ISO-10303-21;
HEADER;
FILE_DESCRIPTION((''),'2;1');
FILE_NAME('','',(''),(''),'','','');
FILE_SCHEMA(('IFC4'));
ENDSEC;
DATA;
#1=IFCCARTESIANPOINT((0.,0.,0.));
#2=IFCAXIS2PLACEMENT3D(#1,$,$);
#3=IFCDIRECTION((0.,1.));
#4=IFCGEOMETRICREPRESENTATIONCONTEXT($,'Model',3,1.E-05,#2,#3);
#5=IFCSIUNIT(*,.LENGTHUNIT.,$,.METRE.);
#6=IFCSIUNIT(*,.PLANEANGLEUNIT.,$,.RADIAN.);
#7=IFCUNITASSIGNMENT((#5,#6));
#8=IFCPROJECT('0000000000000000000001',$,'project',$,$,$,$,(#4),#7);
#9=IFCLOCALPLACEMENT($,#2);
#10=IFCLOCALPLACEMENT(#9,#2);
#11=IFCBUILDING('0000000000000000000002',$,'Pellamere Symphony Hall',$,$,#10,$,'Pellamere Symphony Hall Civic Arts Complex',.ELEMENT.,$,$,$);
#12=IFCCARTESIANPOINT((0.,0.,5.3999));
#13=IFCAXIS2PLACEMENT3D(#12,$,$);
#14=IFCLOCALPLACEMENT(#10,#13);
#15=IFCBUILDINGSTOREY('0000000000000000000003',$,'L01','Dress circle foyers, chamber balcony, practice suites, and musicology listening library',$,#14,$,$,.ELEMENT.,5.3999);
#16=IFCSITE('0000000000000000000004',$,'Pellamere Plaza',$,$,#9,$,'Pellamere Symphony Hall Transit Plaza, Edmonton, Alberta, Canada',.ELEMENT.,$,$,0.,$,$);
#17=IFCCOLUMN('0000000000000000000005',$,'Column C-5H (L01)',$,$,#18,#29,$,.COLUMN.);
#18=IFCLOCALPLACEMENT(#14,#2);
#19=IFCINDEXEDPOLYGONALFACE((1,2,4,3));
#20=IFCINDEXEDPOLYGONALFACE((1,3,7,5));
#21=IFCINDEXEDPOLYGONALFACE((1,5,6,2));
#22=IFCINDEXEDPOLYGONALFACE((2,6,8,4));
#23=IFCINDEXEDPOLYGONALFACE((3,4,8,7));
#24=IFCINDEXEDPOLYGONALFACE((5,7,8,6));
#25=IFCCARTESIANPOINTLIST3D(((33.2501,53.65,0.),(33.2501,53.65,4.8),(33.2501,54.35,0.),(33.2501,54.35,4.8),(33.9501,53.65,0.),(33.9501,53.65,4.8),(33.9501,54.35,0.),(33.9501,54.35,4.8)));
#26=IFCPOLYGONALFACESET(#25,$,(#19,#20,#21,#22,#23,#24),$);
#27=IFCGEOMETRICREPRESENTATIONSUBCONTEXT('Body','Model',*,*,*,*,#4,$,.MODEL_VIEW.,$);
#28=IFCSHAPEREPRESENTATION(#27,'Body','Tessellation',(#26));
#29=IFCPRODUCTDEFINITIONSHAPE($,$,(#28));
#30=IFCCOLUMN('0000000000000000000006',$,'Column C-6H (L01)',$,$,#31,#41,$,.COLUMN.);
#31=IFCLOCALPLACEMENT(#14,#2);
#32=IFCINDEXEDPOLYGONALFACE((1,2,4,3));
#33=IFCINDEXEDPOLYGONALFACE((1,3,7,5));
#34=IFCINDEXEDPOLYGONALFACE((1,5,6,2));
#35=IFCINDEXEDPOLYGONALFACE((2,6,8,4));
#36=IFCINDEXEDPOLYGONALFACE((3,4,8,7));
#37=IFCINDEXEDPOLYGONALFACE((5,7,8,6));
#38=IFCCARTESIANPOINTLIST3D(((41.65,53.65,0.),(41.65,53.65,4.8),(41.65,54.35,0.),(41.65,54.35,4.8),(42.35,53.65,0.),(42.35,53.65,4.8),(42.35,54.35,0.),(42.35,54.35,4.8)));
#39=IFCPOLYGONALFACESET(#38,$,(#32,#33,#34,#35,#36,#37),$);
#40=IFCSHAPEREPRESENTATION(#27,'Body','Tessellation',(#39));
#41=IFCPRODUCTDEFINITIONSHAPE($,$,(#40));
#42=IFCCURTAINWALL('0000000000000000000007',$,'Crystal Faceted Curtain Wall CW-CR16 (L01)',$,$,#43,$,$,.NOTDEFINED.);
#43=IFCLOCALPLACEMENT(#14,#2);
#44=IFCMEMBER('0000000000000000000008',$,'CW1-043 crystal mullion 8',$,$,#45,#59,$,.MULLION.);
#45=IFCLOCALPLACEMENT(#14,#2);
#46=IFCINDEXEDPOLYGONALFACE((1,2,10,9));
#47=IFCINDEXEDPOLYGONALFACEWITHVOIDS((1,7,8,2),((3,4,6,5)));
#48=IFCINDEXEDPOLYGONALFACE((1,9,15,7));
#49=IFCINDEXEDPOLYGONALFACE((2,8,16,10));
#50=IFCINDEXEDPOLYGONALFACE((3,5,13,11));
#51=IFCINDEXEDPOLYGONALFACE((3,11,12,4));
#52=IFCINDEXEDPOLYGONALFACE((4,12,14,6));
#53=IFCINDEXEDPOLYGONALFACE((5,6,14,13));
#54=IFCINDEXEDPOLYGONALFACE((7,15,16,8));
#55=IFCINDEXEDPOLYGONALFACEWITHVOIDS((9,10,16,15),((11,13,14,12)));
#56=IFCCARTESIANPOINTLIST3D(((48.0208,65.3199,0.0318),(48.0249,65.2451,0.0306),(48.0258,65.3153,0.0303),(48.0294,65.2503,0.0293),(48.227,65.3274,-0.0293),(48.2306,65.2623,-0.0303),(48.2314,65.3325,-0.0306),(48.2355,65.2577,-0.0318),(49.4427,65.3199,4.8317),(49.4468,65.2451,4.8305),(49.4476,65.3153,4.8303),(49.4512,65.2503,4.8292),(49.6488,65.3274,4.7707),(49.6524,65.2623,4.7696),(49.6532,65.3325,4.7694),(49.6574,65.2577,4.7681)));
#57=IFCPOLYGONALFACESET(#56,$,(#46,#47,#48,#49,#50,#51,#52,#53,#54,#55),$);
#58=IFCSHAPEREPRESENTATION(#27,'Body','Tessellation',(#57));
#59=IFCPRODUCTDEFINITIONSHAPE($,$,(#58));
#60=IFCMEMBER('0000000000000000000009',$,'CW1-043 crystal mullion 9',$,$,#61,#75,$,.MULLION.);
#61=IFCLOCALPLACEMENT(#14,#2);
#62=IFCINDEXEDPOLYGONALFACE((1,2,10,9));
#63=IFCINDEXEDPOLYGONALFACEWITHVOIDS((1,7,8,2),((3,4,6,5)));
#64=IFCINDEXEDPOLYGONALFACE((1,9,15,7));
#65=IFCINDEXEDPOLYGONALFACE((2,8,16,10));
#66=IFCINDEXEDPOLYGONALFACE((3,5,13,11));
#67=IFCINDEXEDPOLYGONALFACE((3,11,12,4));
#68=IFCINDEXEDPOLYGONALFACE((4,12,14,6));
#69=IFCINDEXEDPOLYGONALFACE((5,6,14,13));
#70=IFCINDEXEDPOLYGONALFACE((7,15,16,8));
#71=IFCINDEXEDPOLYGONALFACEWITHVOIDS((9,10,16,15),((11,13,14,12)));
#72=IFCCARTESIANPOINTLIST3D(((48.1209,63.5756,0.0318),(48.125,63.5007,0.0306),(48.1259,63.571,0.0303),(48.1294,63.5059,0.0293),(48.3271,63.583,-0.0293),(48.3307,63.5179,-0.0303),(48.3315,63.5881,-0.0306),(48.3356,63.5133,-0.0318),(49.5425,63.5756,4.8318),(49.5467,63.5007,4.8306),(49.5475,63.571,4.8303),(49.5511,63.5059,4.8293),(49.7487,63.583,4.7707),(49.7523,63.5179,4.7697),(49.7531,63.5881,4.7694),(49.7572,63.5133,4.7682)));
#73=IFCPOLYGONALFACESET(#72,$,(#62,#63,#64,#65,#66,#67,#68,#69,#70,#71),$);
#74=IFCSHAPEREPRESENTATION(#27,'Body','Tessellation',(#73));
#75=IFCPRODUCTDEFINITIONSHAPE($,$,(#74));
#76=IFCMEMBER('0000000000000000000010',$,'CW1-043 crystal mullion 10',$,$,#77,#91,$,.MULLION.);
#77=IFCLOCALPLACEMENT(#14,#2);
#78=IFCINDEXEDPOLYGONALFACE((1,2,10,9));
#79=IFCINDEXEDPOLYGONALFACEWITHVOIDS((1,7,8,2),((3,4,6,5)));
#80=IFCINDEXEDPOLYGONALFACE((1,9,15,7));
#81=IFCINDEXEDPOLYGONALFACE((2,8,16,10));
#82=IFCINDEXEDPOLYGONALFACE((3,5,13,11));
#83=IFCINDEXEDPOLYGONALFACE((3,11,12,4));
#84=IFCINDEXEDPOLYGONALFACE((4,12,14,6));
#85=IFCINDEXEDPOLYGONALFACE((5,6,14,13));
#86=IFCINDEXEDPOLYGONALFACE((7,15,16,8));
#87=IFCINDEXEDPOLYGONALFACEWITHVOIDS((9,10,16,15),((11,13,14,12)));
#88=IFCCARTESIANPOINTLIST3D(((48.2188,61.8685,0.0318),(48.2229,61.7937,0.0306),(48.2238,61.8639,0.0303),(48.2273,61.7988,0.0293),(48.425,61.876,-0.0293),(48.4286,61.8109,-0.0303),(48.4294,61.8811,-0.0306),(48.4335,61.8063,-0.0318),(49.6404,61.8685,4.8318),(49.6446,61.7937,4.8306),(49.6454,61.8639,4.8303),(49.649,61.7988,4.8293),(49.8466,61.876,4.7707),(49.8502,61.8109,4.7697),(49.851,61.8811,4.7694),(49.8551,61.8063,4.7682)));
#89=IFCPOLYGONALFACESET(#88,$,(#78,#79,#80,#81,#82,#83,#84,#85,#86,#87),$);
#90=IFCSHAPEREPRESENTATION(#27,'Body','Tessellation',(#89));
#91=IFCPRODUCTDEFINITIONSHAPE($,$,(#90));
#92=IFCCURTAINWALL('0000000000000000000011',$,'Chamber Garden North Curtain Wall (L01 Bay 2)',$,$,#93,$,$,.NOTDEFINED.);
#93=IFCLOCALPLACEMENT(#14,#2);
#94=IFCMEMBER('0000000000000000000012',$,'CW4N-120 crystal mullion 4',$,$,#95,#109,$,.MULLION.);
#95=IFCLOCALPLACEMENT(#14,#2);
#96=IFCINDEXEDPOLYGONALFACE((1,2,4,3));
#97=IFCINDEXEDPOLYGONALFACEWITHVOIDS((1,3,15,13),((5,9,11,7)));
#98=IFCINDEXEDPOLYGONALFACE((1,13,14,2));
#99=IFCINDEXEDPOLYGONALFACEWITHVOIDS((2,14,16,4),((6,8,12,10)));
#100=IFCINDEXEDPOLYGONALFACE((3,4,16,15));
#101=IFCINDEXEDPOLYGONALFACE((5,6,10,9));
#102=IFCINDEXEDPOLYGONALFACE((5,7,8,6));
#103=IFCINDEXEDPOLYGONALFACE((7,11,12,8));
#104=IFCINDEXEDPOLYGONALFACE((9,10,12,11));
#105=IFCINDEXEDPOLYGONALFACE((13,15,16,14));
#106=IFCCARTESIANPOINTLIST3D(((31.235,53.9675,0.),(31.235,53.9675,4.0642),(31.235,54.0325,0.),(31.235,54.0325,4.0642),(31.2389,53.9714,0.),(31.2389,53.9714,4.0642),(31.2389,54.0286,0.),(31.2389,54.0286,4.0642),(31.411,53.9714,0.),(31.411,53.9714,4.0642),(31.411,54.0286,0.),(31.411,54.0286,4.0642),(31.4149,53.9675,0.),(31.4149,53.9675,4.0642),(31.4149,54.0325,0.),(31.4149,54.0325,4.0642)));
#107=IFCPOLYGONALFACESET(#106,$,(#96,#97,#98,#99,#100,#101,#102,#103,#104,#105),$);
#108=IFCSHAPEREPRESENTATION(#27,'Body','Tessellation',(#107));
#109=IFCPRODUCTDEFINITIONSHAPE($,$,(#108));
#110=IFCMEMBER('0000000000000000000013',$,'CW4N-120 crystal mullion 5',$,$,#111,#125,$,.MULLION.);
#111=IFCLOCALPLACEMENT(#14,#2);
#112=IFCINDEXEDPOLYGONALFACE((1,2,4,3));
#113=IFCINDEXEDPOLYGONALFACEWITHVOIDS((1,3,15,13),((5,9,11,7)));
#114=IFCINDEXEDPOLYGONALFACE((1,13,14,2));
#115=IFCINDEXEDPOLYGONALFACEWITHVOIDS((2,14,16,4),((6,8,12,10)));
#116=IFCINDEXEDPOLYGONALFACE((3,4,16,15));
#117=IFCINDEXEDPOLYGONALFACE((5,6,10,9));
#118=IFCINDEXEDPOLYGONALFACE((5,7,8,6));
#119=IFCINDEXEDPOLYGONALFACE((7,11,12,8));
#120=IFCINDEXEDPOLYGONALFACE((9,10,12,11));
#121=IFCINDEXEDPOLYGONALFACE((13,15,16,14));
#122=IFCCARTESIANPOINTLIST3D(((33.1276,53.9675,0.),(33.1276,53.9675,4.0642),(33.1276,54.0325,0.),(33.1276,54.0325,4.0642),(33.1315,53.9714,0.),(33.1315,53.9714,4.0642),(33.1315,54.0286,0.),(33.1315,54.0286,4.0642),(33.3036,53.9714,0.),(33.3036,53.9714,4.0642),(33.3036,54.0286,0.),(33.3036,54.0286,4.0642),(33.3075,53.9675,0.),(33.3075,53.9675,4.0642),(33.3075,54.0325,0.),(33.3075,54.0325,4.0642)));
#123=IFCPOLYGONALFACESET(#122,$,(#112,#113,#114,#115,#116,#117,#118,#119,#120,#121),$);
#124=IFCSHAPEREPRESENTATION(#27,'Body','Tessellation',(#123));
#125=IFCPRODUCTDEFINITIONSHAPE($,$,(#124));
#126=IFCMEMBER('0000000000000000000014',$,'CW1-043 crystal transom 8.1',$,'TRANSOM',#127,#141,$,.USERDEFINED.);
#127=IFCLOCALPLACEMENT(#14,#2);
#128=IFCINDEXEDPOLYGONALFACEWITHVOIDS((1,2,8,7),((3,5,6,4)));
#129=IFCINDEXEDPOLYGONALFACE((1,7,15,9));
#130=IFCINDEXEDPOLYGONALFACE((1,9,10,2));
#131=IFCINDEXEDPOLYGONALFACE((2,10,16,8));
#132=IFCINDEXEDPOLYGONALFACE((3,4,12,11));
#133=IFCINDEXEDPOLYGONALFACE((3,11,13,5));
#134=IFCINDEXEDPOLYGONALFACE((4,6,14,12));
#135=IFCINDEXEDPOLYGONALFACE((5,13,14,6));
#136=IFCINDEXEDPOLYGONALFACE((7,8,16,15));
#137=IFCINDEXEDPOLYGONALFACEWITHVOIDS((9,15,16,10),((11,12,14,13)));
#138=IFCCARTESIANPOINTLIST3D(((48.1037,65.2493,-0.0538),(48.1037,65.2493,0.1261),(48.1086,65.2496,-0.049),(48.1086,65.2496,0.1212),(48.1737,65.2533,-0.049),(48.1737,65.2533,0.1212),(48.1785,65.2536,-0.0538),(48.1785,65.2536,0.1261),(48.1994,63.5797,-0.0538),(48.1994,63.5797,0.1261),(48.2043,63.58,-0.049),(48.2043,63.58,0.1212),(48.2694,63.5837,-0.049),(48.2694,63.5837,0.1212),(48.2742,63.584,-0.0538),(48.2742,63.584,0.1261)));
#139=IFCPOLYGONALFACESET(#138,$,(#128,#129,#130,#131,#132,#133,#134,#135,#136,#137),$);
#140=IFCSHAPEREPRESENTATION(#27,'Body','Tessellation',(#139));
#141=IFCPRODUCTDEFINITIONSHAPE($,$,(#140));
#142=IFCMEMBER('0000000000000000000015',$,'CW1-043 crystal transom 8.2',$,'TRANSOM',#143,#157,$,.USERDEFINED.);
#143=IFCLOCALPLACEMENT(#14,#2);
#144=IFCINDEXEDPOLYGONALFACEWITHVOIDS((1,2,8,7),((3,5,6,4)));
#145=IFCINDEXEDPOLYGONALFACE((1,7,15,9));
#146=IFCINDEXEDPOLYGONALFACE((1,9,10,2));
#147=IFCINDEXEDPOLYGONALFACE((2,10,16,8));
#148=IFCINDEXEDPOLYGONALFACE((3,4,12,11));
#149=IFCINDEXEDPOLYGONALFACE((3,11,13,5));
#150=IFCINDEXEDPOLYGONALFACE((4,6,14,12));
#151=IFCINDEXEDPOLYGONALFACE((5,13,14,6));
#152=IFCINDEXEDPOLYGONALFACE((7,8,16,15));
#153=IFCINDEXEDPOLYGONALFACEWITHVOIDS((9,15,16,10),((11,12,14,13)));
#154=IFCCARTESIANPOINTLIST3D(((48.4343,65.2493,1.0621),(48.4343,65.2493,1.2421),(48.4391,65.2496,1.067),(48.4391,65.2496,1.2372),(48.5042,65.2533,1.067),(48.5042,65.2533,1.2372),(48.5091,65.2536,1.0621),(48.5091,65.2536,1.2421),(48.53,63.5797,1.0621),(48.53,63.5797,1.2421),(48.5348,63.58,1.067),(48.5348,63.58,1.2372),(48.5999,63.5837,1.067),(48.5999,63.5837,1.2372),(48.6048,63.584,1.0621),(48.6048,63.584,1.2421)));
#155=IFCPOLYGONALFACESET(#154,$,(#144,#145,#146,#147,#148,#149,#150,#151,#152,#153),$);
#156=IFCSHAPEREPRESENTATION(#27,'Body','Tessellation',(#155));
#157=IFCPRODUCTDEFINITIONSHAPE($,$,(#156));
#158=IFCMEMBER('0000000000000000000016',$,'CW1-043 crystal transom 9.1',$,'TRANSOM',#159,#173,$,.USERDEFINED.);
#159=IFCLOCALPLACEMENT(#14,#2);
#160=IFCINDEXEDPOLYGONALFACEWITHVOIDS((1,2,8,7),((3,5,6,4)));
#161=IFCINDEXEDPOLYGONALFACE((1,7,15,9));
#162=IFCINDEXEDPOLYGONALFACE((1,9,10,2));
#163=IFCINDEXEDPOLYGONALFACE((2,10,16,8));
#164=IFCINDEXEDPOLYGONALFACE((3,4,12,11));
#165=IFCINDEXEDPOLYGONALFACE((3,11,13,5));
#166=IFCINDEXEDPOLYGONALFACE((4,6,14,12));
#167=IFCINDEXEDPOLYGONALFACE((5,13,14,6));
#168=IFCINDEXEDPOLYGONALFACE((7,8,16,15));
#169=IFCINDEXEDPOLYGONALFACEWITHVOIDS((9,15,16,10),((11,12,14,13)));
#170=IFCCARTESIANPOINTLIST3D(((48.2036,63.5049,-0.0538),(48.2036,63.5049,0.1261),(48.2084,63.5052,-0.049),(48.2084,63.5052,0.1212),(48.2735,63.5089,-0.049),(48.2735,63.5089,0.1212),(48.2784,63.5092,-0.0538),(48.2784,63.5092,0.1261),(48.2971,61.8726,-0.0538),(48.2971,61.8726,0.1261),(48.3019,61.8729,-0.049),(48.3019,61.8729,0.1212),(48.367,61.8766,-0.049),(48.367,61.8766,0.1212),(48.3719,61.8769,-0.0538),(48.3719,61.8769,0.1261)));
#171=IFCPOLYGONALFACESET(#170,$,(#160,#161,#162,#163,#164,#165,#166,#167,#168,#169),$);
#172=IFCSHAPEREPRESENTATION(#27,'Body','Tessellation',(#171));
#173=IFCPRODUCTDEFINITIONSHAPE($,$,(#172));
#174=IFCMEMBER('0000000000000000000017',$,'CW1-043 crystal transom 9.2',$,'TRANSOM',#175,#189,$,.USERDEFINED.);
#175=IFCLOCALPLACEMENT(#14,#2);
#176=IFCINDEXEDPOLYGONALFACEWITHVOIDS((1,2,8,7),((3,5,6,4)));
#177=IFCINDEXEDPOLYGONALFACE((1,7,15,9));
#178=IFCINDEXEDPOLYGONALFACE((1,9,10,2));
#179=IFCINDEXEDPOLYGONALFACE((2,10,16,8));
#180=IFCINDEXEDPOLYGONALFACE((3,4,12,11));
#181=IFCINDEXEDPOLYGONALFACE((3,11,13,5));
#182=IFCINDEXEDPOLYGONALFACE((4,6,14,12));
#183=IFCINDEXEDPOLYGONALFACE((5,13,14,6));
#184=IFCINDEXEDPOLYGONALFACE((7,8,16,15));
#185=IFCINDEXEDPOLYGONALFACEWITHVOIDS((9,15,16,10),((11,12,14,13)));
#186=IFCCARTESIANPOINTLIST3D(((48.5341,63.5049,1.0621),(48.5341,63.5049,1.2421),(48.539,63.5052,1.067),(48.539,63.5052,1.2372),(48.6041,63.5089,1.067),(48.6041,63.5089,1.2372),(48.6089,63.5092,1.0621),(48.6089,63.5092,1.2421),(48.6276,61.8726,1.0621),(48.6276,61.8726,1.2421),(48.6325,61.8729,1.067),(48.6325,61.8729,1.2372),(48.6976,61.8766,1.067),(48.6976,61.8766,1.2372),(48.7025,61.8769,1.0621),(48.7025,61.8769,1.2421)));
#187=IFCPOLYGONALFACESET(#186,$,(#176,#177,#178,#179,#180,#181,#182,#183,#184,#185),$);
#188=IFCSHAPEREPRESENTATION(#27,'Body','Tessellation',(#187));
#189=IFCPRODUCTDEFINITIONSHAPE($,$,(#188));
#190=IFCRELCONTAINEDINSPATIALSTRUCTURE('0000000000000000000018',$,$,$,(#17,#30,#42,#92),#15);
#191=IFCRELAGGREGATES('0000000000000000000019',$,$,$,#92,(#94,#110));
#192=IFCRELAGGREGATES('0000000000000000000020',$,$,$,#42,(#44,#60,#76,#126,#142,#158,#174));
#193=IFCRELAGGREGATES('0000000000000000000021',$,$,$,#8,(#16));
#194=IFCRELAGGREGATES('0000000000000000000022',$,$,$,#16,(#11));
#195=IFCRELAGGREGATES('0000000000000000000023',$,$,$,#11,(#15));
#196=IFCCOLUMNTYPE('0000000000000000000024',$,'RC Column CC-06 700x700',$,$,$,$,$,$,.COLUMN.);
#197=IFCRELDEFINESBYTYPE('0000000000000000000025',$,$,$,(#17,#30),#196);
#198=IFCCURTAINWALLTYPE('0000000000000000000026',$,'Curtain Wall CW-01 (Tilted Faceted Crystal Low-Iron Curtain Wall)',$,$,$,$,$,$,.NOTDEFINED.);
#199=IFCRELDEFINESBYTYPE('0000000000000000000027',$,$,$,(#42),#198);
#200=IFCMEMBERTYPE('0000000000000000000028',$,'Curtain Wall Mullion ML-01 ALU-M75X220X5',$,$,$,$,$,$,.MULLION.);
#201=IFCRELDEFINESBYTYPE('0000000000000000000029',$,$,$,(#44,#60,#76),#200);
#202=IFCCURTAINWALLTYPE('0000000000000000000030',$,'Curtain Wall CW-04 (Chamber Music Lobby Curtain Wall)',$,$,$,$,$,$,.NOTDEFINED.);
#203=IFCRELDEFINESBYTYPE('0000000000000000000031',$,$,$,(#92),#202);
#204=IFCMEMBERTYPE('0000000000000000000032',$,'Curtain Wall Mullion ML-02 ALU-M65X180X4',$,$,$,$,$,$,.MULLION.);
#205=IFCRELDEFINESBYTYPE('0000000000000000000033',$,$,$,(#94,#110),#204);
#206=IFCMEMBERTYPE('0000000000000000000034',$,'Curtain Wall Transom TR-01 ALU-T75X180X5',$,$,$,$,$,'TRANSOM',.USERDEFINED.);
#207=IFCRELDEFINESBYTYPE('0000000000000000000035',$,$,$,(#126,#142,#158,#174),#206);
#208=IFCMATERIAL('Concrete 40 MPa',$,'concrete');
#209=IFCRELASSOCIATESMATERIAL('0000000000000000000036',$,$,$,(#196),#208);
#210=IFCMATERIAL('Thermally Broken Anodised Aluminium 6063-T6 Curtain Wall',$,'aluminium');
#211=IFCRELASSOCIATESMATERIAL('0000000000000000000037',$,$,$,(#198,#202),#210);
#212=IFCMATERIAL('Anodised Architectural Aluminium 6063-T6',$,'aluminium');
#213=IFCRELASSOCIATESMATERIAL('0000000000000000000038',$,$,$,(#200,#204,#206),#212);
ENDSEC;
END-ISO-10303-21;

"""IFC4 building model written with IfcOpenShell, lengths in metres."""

from ifc_helpers import new_model, si_unit, direction, frame, origin, origin_2d, place, context, subcontext, project, spatial, rectangle, hollow_rectangle, extrude, material, material_profile, profile_set, type_object, element, aggregate, save


model = new_model("IFC4")

# Units and contexts
model_context = context("Model", 3, precision=1e-05, world=origin(), true_north=direction((0.0, 1.0)))
body_context = subcontext(model_context, "Body", "Model", "MODEL_VIEW")
ifc_project = project(units=[si_unit("LENGTHUNIT", "METRE"), si_unit("PLANEANGLEUNIT", "RADIAN")], contexts=[model_context])

# Site, building, storey
site_placement = place(None, origin())
site = spatial("IfcSite", under=ifc_project, at=site_placement, Name="Pellamere Plaza", LongName="Pellamere Symphony Hall Transit Plaza, Edmonton, Alberta, Canada", CompositionType="ELEMENT", RefElevation=0.0)
building_placement = place(site_placement, origin())
building = spatial("IfcBuilding", under=site, at=building_placement, Name="Pellamere Symphony Hall", LongName="Pellamere Symphony Hall Civic Arts Complex", CompositionType="ELEMENT")
storey_placement = place(building_placement, frame((0.0, 0.0, 5.3999)))
storey = spatial("IfcBuildingStorey", under=building, at=storey_placement, Name="L01", Description="Dress circle foyers, chamber balcony, practice suites, and musicology listening library", CompositionType="ELEMENT", Elevation=5.3999)

# Columns
ifc_material_1 = material(Name="Concrete 40 MPa", Category="concrete")
ifc_material_profile_1 = material_profile(ifc_material_1, rectangle(XDim=0.7, YDim=0.7, at=origin_2d()), Name="RC 700x700")
ifc_profile_set_1 = profile_set([ifc_material_profile_1], Name="Concrete 40 MPa")
column_type = type_object("IfcColumnType", Name="RC Column CC-06 700x700", PredefinedType="COLUMN", material=ifc_profile_set_1)
for number, where, z_axis, x_axis, name in (
    (1, (33.6001, 54.0, 0.0), (0.0, 0.0, 1.0), (1.0, 0.0, 0.0), "Column C-5H (L01)"),
    (2, (42.0, 54.0, 0.0), (0.0, 0.0, 1.0), (1.0, 0.0, 0.0), "Column C-6H (L01)"),
):
    element("IfcColumn", number, at=place(storey_placement, frame(where, z_axis=z_axis, x_axis=x_axis)), inside=storey, type_object=column_type, Name=name, PredefinedType="COLUMN", context=body_context, shape_type="SweptSolid", body=[
        extrude(rectangle(XDim=0.7, YDim=0.7, at=origin_2d()), origin(), (0.0, 0.0, 1.0), 4.8),
    ])

# Curtain walls, members
ifc_material_2 = material(Name="Thermally Broken Anodised Aluminium 6063-T6 Curtain Wall", Category="aluminium")
curtain_wall_type_1 = type_object("IfcCurtainWallType", Name="Curtain Wall CW-01 (Tilted Faceted Crystal Low-Iron Curtain Wall)", PredefinedType="NOTDEFINED", material=ifc_material_2)
curtain_wall_1_placement = place(storey_placement, origin())
curtain_wall_1 = element("IfcCurtainWall", 3, at=curtain_wall_1_placement, inside=storey, type_object=curtain_wall_type_1, Name="Crystal Faceted Curtain Wall CW-CR16 (L01)", PredefinedType="NOTDEFINED")
ifc_material_3 = material(Name="Anodised Architectural Aluminium 6063-T6", Category="aluminium")
ifc_material_profile_2 = material_profile(ifc_material_3, hollow_rectangle(XDim=0.075, YDim=0.22, WallThickness=0.0049, at=origin_2d()), Name="ALU-M75X220X5")
ifc_profile_set_2 = profile_set([ifc_material_profile_2], Name="Anodised Architectural Aluminium 6063-T6")
member_type_1 = type_object("IfcMemberType", Name="Curtain Wall Mullion ML-01 ALU-M75X220X5", PredefinedType="MULLION", material=ifc_profile_set_2)
member_1_placement = place(storey_placement, frame((48.1282, 65.2888, 0.0), z_axis=(0.284022, 0.0, 0.958818), x_axis=(-0.054874, 0.998361, 0.016255)))
member_1 = element("IfcMember", 4, at=member_1_placement, type_object=member_type_1, Name="CW1-043 crystal mullion 8", PredefinedType="MULLION", context=body_context, shape_type="SweptSolid", body=[
    extrude(hollow_rectangle(XDim=0.075, YDim=0.22, WallThickness=0.0049, at=origin_2d()), origin(), (0.0, 0.0, 1.0), 5.0061),
])
member_2_placement = place(storey_placement, frame((48.2283, 63.5444, 0.0), z_axis=(0.283977, 0.0, 0.958831), x_axis=(-0.054875, 0.998361, 0.016252)))
member_2 = element("IfcMember", 5, at=member_2_placement, type_object=member_type_1, Name="CW1-043 crystal mullion 9", PredefinedType="MULLION", context=body_context, shape_type="SweptSolid", body=[
    extrude(hollow_rectangle(XDim=0.075, YDim=0.22, WallThickness=0.0049, at=origin_2d()), origin(), (0.0, 0.0, 1.0), 5.0061),
])
member_3_placement = place(storey_placement, frame((48.3262, 61.8374, 0.0), z_axis=(0.283977, 0.0, 0.958831), x_axis=(-0.054875, 0.998361, 0.016252)))
member_3 = element("IfcMember", 6, at=member_3_placement, type_object=member_type_1, Name="CW1-043 crystal mullion 10", PredefinedType="MULLION", context=body_context, shape_type="SweptSolid", body=[
    extrude(hollow_rectangle(XDim=0.075, YDim=0.22, WallThickness=0.0049, at=origin_2d()), origin(), (0.0, 0.0, 1.0), 5.0061),
])
curtain_wall_type_2 = type_object("IfcCurtainWallType", Name="Curtain Wall CW-04 (Chamber Music Lobby Curtain Wall)", PredefinedType="NOTDEFINED", material=ifc_material_2)
curtain_wall_2_placement = place(storey_placement, origin())
curtain_wall_2 = element("IfcCurtainWall", 7, at=curtain_wall_2_placement, inside=storey, type_object=curtain_wall_type_2, Name="Chamber Garden North Curtain Wall (L01 Bay 2)", PredefinedType="NOTDEFINED")
ifc_material_profile_3 = material_profile(ifc_material_3, hollow_rectangle(XDim=0.0649, YDim=0.1799, WallThickness=0.0039, at=origin_2d()), Name="ALU-M65X180X4")
ifc_profile_set_3 = profile_set([ifc_material_profile_3], Name="Anodised Architectural Aluminium 6063-T6")
member_type_2 = type_object("IfcMemberType", Name="Curtain Wall Mullion ML-02 ALU-M65X180X4", PredefinedType="MULLION", material=ifc_profile_set_3)
member_4_placement = place(storey_placement, frame((31.325, 54.0, 0.0), z_axis=(0.0, 0.0, 1.0), x_axis=(0.0, 1.0, 0.0)))
member_4 = element("IfcMember", 8, at=member_4_placement, type_object=member_type_2, Name="CW4N-120 crystal mullion 4", PredefinedType="MULLION", context=body_context, shape_type="SweptSolid", body=[
    extrude(hollow_rectangle(XDim=0.0649, YDim=0.1799, WallThickness=0.0039, at=origin_2d()), origin(), (0.0, 0.0, 1.0), 4.0642),
])
member_5_placement = place(storey_placement, frame((33.2175, 54.0, 0.0), z_axis=(0.0, 0.0, 1.0), x_axis=(0.0, 1.0, 0.0)))
member_5 = element("IfcMember", 9, at=member_5_placement, type_object=member_type_2, Name="CW4N-120 crystal mullion 5", PredefinedType="MULLION", context=body_context, shape_type="SweptSolid", body=[
    extrude(hollow_rectangle(XDim=0.0649, YDim=0.1799, WallThickness=0.0039, at=origin_2d()), origin(), (0.0, 0.0, 1.0), 4.0642),
])

# Members
ifc_material_profile_4 = material_profile(ifc_material_3, hollow_rectangle(XDim=0.075, YDim=0.1799, WallThickness=0.0049, at=origin_2d()), Name="ALU-T75X180X5")
ifc_profile_set_4 = profile_set([ifc_material_profile_4], Name="Anodised Architectural Aluminium 6063-T6")
member_type_3 = type_object("IfcMemberType", Name="Curtain Wall Transom TR-01 ALU-T75X180X5", ElementType="TRANSOM", PredefinedType="USERDEFINED", material=ifc_profile_set_4)
member_6_placement = place(storey_placement, frame((48.1411, 65.2515, 0.0361), z_axis=(0.057224, -0.998361, 0.0), x_axis=(0.998361, 0.057224, 0.0)))
member_6 = element("IfcMember", 10, at=member_6_placement, type_object=member_type_3, Name="CW1-043 crystal transom 8.1", ObjectType="TRANSOM", PredefinedType="USERDEFINED", context=body_context, shape_type="SweptSolid", body=[
    extrude(hollow_rectangle(XDim=0.075, YDim=0.1799, WallThickness=0.0049, at=origin_2d()), origin(), (0.0, 0.0, 1.0), 1.6724),
])
member_7_placement = place(storey_placement, frame((48.4717, 65.2515, 1.1521), z_axis=(0.057224, -0.998361, 0.0), x_axis=(0.998361, 0.057224, 0.0)))
member_7 = element("IfcMember", 11, at=member_7_placement, type_object=member_type_3, Name="CW1-043 crystal transom 8.2", ObjectType="TRANSOM", PredefinedType="USERDEFINED", context=body_context, shape_type="SweptSolid", body=[
    extrude(hollow_rectangle(XDim=0.075, YDim=0.1799, WallThickness=0.0049, at=origin_2d()), origin(), (0.0, 0.0, 1.0), 1.6724),
])
member_8_placement = place(storey_placement, frame((48.241, 63.5071, 0.0361), z_axis=(0.05719, -0.998363, 0.0), x_axis=(0.998363, 0.05719, 0.0)))
member_8 = element("IfcMember", 12, at=member_8_placement, type_object=member_type_3, Name="CW1-043 crystal transom 9.1", ObjectType="TRANSOM", PredefinedType="USERDEFINED", context=body_context, shape_type="SweptSolid", body=[
    extrude(hollow_rectangle(XDim=0.075, YDim=0.1799, WallThickness=0.0049, at=origin_2d()), origin(), (0.0, 0.0, 1.0), 1.635),
])
member_9_placement = place(storey_placement, frame((48.5715, 63.5071, 1.1521), z_axis=(0.05719, -0.998363, 0.0), x_axis=(0.998363, 0.05719, 0.0)))
member_9 = element("IfcMember", 13, at=member_9_placement, type_object=member_type_3, Name="CW1-043 crystal transom 9.2", ObjectType="TRANSOM", PredefinedType="USERDEFINED", context=body_context, shape_type="SweptSolid", body=[
    extrude(hollow_rectangle(XDim=0.075, YDim=0.1799, WallThickness=0.0049, at=origin_2d()), origin(), (0.0, 0.0, 1.0), 1.635),
])

aggregate(curtain_wall_2, [member_4, member_5])
aggregate(curtain_wall_1, [member_1, member_2, member_3, member_6, member_7, member_8, member_9])

save(model, "model.ifc")
